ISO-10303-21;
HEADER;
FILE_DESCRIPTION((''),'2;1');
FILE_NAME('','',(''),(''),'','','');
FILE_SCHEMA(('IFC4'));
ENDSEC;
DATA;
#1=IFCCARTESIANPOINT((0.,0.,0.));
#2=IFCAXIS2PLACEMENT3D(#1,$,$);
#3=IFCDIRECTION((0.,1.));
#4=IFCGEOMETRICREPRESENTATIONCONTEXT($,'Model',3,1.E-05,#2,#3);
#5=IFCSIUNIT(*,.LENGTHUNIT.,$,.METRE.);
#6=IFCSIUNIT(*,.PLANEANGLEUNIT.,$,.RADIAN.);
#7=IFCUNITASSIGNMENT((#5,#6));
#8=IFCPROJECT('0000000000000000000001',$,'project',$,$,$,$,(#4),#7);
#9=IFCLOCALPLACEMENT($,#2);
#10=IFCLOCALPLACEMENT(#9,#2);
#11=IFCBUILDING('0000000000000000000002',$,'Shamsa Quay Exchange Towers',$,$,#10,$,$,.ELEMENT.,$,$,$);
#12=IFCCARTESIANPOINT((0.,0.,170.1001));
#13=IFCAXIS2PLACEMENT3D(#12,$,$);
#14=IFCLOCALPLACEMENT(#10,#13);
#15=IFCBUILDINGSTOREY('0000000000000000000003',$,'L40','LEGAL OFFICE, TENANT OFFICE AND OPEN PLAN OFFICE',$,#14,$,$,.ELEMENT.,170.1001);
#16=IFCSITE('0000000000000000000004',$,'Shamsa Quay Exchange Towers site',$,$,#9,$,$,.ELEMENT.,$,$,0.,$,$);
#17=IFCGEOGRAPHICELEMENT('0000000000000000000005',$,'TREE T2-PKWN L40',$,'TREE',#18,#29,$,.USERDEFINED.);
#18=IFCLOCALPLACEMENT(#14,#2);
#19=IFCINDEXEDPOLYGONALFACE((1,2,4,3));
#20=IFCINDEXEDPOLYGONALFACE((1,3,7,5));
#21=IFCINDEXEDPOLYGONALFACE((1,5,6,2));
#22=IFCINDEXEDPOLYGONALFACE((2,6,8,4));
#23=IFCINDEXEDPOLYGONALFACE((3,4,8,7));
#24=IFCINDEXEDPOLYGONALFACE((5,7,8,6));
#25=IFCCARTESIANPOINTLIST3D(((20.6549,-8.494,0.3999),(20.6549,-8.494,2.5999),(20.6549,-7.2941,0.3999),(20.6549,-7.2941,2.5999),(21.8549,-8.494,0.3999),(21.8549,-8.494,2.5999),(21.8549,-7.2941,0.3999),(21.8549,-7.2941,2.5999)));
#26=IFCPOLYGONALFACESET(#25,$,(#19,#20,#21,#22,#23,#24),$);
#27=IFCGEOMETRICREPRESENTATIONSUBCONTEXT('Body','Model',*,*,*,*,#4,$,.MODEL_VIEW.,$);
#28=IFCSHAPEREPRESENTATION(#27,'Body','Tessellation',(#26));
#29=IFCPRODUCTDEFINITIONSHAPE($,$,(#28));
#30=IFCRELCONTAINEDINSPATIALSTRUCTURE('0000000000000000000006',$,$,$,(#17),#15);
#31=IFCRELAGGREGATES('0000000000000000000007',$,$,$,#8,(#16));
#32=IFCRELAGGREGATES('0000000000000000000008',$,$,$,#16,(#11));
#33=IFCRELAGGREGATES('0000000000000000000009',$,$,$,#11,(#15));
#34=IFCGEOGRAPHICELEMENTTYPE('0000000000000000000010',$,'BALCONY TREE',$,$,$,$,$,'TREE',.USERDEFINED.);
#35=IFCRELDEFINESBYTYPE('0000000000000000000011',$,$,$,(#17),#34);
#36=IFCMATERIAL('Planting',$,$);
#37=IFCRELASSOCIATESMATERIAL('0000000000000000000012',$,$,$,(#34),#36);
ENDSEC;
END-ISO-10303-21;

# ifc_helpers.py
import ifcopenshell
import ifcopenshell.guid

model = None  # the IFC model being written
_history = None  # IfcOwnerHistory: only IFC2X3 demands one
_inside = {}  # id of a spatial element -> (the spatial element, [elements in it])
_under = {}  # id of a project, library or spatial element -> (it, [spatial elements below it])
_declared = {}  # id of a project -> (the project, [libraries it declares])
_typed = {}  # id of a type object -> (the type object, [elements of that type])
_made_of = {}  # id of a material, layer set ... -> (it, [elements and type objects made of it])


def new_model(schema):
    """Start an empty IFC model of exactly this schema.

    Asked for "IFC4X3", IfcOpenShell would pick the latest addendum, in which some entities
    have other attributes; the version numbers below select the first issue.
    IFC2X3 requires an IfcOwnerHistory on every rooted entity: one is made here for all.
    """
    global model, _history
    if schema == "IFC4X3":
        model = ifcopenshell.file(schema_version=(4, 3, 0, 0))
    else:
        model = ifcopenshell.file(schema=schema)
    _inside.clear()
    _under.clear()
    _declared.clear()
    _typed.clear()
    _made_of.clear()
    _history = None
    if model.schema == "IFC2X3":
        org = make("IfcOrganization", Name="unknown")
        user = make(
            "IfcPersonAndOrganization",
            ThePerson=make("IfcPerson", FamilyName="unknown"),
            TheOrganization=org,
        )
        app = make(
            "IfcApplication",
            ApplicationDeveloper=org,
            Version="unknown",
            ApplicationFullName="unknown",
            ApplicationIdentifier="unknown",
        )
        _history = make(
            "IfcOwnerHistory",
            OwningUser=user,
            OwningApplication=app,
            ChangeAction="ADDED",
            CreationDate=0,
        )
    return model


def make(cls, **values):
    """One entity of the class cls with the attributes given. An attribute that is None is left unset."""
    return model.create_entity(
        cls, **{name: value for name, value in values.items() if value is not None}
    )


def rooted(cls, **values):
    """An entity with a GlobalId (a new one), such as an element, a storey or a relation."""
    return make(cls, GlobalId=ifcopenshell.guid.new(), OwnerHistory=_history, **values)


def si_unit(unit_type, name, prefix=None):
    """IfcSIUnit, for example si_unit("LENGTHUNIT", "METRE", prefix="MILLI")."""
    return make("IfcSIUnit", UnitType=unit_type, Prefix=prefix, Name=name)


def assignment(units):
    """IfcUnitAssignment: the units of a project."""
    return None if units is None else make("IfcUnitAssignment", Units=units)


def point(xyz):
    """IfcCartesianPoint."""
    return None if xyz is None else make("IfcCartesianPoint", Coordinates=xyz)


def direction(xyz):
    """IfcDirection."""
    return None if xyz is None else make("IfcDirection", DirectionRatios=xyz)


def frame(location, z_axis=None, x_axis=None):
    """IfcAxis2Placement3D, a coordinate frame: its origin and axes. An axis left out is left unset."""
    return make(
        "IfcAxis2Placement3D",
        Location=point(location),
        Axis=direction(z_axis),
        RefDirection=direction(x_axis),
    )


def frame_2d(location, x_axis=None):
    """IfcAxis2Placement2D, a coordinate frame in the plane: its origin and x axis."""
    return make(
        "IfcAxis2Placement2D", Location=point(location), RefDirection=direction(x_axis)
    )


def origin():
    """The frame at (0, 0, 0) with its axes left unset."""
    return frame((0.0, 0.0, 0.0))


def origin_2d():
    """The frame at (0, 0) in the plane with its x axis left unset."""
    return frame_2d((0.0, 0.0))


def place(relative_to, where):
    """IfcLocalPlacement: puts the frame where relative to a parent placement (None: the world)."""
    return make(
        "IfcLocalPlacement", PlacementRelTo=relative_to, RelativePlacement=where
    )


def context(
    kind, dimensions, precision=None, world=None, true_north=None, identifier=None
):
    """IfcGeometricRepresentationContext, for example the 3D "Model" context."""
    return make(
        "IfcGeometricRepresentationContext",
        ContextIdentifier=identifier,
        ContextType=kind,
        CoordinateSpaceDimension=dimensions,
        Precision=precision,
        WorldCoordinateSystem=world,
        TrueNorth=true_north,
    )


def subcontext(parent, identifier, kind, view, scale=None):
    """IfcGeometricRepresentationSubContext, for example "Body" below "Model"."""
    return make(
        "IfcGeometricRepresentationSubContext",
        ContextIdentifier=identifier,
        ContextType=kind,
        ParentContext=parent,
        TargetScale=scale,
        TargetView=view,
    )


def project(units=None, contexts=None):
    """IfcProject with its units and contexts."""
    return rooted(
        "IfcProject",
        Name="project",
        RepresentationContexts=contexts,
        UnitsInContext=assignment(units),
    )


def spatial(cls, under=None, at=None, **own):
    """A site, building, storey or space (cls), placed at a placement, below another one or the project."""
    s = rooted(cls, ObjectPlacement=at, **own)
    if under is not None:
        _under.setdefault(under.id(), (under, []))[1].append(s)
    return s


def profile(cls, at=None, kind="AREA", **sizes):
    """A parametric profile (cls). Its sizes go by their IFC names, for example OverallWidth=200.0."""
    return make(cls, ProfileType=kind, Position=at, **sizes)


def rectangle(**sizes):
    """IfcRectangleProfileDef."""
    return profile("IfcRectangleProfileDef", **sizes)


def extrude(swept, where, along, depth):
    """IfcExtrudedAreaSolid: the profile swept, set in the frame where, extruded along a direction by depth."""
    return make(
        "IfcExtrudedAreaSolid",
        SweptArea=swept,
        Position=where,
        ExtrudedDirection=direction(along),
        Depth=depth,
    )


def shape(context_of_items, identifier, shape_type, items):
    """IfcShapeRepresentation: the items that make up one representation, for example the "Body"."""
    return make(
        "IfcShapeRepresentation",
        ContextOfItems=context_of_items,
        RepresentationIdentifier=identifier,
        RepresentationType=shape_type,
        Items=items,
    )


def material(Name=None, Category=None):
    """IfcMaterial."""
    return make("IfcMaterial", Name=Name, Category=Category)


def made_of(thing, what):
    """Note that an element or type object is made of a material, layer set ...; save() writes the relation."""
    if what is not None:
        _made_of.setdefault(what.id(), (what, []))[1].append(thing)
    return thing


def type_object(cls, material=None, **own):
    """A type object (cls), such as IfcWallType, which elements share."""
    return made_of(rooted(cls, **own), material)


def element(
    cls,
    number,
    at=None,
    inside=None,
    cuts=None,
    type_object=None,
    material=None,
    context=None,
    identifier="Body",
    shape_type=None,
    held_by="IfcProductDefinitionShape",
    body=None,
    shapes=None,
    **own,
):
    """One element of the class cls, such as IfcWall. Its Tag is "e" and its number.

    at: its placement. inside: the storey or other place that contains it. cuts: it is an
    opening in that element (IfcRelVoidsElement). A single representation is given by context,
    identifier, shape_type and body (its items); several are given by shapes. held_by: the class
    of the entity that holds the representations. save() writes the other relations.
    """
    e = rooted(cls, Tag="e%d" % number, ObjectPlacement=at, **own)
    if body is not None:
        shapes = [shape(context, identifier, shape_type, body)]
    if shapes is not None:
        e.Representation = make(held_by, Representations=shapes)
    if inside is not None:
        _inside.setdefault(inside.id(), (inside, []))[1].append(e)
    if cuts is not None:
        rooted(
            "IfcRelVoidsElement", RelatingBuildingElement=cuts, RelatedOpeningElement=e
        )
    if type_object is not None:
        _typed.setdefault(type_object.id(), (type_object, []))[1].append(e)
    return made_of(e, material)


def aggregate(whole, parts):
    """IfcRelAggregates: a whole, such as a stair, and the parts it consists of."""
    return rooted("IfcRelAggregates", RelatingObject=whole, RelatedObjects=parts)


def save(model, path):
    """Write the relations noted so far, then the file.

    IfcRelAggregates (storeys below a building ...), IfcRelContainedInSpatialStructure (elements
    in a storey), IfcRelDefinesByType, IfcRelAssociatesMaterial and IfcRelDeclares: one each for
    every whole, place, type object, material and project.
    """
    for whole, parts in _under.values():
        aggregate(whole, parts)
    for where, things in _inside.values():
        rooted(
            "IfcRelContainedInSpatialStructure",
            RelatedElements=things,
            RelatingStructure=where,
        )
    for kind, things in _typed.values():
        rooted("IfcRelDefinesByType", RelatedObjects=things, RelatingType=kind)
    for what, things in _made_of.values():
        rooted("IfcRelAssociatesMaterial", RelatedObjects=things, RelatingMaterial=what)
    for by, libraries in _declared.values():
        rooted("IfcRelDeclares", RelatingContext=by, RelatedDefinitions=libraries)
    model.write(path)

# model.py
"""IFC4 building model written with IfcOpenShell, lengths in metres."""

from ifc_helpers import new_model, si_unit, direction, frame, origin, origin_2d, place, context, subcontext, project, spatial, rectangle, extrude, material, type_object, element, save


model = new_model("IFC4")

# Units and contexts
model_context = context("Model", 3, precision=1e-05, world=origin(), true_north=direction((0.0, 1.0)))
body_context = subcontext(model_context, "Body", "Model", "MODEL_VIEW")
ifc_project = project(units=[si_unit("LENGTHUNIT", "METRE"), si_unit("PLANEANGLEUNIT", "RADIAN")], contexts=[model_context])

# Site, building, storey
site_placement = place(None, origin())
site = spatial("IfcSite", under=ifc_project, at=site_placement, Name="Shamsa Quay Exchange Towers site", CompositionType="ELEMENT", RefElevation=0.0)
building_placement = place(site_placement, origin())
building = spatial("IfcBuilding", under=site, at=building_placement, Name="Shamsa Quay Exchange Towers", CompositionType="ELEMENT")
storey_placement = place(building_placement, frame((0.0, 0.0, 170.1001)))
storey = spatial("IfcBuildingStorey", under=building, at=storey_placement, Name="L40", Description="LEGAL OFFICE, TENANT OFFICE AND OPEN PLAN OFFICE", CompositionType="ELEMENT", Elevation=170.1001)

# Geographic element
ifc_material_1 = material(Name="Planting")
geographic_element_type = type_object("IfcGeographicElementType", Name="BALCONY TREE", ElementType="TREE", PredefinedType="USERDEFINED", material=ifc_material_1)
geographic_element_placement = place(storey_placement, frame((21.2549, -7.894, 0.3999), z_axis=(0.0, 0.0, 1.0), x_axis=(0.0, -1.0, 0.0)))
element("IfcGeographicElement", 1, at=geographic_element_placement, inside=storey, type_object=geographic_element_type, Name="TREE T2-PKWN L40", ObjectType="TREE", PredefinedType="USERDEFINED", context=body_context, shape_type="SweptSolid", body=[
    extrude(rectangle(XDim=1.2, YDim=1.2, at=origin_2d()), origin(), (0.0, 0.0, 1.0), 2.2),
])

save(model, "model.ifc")
